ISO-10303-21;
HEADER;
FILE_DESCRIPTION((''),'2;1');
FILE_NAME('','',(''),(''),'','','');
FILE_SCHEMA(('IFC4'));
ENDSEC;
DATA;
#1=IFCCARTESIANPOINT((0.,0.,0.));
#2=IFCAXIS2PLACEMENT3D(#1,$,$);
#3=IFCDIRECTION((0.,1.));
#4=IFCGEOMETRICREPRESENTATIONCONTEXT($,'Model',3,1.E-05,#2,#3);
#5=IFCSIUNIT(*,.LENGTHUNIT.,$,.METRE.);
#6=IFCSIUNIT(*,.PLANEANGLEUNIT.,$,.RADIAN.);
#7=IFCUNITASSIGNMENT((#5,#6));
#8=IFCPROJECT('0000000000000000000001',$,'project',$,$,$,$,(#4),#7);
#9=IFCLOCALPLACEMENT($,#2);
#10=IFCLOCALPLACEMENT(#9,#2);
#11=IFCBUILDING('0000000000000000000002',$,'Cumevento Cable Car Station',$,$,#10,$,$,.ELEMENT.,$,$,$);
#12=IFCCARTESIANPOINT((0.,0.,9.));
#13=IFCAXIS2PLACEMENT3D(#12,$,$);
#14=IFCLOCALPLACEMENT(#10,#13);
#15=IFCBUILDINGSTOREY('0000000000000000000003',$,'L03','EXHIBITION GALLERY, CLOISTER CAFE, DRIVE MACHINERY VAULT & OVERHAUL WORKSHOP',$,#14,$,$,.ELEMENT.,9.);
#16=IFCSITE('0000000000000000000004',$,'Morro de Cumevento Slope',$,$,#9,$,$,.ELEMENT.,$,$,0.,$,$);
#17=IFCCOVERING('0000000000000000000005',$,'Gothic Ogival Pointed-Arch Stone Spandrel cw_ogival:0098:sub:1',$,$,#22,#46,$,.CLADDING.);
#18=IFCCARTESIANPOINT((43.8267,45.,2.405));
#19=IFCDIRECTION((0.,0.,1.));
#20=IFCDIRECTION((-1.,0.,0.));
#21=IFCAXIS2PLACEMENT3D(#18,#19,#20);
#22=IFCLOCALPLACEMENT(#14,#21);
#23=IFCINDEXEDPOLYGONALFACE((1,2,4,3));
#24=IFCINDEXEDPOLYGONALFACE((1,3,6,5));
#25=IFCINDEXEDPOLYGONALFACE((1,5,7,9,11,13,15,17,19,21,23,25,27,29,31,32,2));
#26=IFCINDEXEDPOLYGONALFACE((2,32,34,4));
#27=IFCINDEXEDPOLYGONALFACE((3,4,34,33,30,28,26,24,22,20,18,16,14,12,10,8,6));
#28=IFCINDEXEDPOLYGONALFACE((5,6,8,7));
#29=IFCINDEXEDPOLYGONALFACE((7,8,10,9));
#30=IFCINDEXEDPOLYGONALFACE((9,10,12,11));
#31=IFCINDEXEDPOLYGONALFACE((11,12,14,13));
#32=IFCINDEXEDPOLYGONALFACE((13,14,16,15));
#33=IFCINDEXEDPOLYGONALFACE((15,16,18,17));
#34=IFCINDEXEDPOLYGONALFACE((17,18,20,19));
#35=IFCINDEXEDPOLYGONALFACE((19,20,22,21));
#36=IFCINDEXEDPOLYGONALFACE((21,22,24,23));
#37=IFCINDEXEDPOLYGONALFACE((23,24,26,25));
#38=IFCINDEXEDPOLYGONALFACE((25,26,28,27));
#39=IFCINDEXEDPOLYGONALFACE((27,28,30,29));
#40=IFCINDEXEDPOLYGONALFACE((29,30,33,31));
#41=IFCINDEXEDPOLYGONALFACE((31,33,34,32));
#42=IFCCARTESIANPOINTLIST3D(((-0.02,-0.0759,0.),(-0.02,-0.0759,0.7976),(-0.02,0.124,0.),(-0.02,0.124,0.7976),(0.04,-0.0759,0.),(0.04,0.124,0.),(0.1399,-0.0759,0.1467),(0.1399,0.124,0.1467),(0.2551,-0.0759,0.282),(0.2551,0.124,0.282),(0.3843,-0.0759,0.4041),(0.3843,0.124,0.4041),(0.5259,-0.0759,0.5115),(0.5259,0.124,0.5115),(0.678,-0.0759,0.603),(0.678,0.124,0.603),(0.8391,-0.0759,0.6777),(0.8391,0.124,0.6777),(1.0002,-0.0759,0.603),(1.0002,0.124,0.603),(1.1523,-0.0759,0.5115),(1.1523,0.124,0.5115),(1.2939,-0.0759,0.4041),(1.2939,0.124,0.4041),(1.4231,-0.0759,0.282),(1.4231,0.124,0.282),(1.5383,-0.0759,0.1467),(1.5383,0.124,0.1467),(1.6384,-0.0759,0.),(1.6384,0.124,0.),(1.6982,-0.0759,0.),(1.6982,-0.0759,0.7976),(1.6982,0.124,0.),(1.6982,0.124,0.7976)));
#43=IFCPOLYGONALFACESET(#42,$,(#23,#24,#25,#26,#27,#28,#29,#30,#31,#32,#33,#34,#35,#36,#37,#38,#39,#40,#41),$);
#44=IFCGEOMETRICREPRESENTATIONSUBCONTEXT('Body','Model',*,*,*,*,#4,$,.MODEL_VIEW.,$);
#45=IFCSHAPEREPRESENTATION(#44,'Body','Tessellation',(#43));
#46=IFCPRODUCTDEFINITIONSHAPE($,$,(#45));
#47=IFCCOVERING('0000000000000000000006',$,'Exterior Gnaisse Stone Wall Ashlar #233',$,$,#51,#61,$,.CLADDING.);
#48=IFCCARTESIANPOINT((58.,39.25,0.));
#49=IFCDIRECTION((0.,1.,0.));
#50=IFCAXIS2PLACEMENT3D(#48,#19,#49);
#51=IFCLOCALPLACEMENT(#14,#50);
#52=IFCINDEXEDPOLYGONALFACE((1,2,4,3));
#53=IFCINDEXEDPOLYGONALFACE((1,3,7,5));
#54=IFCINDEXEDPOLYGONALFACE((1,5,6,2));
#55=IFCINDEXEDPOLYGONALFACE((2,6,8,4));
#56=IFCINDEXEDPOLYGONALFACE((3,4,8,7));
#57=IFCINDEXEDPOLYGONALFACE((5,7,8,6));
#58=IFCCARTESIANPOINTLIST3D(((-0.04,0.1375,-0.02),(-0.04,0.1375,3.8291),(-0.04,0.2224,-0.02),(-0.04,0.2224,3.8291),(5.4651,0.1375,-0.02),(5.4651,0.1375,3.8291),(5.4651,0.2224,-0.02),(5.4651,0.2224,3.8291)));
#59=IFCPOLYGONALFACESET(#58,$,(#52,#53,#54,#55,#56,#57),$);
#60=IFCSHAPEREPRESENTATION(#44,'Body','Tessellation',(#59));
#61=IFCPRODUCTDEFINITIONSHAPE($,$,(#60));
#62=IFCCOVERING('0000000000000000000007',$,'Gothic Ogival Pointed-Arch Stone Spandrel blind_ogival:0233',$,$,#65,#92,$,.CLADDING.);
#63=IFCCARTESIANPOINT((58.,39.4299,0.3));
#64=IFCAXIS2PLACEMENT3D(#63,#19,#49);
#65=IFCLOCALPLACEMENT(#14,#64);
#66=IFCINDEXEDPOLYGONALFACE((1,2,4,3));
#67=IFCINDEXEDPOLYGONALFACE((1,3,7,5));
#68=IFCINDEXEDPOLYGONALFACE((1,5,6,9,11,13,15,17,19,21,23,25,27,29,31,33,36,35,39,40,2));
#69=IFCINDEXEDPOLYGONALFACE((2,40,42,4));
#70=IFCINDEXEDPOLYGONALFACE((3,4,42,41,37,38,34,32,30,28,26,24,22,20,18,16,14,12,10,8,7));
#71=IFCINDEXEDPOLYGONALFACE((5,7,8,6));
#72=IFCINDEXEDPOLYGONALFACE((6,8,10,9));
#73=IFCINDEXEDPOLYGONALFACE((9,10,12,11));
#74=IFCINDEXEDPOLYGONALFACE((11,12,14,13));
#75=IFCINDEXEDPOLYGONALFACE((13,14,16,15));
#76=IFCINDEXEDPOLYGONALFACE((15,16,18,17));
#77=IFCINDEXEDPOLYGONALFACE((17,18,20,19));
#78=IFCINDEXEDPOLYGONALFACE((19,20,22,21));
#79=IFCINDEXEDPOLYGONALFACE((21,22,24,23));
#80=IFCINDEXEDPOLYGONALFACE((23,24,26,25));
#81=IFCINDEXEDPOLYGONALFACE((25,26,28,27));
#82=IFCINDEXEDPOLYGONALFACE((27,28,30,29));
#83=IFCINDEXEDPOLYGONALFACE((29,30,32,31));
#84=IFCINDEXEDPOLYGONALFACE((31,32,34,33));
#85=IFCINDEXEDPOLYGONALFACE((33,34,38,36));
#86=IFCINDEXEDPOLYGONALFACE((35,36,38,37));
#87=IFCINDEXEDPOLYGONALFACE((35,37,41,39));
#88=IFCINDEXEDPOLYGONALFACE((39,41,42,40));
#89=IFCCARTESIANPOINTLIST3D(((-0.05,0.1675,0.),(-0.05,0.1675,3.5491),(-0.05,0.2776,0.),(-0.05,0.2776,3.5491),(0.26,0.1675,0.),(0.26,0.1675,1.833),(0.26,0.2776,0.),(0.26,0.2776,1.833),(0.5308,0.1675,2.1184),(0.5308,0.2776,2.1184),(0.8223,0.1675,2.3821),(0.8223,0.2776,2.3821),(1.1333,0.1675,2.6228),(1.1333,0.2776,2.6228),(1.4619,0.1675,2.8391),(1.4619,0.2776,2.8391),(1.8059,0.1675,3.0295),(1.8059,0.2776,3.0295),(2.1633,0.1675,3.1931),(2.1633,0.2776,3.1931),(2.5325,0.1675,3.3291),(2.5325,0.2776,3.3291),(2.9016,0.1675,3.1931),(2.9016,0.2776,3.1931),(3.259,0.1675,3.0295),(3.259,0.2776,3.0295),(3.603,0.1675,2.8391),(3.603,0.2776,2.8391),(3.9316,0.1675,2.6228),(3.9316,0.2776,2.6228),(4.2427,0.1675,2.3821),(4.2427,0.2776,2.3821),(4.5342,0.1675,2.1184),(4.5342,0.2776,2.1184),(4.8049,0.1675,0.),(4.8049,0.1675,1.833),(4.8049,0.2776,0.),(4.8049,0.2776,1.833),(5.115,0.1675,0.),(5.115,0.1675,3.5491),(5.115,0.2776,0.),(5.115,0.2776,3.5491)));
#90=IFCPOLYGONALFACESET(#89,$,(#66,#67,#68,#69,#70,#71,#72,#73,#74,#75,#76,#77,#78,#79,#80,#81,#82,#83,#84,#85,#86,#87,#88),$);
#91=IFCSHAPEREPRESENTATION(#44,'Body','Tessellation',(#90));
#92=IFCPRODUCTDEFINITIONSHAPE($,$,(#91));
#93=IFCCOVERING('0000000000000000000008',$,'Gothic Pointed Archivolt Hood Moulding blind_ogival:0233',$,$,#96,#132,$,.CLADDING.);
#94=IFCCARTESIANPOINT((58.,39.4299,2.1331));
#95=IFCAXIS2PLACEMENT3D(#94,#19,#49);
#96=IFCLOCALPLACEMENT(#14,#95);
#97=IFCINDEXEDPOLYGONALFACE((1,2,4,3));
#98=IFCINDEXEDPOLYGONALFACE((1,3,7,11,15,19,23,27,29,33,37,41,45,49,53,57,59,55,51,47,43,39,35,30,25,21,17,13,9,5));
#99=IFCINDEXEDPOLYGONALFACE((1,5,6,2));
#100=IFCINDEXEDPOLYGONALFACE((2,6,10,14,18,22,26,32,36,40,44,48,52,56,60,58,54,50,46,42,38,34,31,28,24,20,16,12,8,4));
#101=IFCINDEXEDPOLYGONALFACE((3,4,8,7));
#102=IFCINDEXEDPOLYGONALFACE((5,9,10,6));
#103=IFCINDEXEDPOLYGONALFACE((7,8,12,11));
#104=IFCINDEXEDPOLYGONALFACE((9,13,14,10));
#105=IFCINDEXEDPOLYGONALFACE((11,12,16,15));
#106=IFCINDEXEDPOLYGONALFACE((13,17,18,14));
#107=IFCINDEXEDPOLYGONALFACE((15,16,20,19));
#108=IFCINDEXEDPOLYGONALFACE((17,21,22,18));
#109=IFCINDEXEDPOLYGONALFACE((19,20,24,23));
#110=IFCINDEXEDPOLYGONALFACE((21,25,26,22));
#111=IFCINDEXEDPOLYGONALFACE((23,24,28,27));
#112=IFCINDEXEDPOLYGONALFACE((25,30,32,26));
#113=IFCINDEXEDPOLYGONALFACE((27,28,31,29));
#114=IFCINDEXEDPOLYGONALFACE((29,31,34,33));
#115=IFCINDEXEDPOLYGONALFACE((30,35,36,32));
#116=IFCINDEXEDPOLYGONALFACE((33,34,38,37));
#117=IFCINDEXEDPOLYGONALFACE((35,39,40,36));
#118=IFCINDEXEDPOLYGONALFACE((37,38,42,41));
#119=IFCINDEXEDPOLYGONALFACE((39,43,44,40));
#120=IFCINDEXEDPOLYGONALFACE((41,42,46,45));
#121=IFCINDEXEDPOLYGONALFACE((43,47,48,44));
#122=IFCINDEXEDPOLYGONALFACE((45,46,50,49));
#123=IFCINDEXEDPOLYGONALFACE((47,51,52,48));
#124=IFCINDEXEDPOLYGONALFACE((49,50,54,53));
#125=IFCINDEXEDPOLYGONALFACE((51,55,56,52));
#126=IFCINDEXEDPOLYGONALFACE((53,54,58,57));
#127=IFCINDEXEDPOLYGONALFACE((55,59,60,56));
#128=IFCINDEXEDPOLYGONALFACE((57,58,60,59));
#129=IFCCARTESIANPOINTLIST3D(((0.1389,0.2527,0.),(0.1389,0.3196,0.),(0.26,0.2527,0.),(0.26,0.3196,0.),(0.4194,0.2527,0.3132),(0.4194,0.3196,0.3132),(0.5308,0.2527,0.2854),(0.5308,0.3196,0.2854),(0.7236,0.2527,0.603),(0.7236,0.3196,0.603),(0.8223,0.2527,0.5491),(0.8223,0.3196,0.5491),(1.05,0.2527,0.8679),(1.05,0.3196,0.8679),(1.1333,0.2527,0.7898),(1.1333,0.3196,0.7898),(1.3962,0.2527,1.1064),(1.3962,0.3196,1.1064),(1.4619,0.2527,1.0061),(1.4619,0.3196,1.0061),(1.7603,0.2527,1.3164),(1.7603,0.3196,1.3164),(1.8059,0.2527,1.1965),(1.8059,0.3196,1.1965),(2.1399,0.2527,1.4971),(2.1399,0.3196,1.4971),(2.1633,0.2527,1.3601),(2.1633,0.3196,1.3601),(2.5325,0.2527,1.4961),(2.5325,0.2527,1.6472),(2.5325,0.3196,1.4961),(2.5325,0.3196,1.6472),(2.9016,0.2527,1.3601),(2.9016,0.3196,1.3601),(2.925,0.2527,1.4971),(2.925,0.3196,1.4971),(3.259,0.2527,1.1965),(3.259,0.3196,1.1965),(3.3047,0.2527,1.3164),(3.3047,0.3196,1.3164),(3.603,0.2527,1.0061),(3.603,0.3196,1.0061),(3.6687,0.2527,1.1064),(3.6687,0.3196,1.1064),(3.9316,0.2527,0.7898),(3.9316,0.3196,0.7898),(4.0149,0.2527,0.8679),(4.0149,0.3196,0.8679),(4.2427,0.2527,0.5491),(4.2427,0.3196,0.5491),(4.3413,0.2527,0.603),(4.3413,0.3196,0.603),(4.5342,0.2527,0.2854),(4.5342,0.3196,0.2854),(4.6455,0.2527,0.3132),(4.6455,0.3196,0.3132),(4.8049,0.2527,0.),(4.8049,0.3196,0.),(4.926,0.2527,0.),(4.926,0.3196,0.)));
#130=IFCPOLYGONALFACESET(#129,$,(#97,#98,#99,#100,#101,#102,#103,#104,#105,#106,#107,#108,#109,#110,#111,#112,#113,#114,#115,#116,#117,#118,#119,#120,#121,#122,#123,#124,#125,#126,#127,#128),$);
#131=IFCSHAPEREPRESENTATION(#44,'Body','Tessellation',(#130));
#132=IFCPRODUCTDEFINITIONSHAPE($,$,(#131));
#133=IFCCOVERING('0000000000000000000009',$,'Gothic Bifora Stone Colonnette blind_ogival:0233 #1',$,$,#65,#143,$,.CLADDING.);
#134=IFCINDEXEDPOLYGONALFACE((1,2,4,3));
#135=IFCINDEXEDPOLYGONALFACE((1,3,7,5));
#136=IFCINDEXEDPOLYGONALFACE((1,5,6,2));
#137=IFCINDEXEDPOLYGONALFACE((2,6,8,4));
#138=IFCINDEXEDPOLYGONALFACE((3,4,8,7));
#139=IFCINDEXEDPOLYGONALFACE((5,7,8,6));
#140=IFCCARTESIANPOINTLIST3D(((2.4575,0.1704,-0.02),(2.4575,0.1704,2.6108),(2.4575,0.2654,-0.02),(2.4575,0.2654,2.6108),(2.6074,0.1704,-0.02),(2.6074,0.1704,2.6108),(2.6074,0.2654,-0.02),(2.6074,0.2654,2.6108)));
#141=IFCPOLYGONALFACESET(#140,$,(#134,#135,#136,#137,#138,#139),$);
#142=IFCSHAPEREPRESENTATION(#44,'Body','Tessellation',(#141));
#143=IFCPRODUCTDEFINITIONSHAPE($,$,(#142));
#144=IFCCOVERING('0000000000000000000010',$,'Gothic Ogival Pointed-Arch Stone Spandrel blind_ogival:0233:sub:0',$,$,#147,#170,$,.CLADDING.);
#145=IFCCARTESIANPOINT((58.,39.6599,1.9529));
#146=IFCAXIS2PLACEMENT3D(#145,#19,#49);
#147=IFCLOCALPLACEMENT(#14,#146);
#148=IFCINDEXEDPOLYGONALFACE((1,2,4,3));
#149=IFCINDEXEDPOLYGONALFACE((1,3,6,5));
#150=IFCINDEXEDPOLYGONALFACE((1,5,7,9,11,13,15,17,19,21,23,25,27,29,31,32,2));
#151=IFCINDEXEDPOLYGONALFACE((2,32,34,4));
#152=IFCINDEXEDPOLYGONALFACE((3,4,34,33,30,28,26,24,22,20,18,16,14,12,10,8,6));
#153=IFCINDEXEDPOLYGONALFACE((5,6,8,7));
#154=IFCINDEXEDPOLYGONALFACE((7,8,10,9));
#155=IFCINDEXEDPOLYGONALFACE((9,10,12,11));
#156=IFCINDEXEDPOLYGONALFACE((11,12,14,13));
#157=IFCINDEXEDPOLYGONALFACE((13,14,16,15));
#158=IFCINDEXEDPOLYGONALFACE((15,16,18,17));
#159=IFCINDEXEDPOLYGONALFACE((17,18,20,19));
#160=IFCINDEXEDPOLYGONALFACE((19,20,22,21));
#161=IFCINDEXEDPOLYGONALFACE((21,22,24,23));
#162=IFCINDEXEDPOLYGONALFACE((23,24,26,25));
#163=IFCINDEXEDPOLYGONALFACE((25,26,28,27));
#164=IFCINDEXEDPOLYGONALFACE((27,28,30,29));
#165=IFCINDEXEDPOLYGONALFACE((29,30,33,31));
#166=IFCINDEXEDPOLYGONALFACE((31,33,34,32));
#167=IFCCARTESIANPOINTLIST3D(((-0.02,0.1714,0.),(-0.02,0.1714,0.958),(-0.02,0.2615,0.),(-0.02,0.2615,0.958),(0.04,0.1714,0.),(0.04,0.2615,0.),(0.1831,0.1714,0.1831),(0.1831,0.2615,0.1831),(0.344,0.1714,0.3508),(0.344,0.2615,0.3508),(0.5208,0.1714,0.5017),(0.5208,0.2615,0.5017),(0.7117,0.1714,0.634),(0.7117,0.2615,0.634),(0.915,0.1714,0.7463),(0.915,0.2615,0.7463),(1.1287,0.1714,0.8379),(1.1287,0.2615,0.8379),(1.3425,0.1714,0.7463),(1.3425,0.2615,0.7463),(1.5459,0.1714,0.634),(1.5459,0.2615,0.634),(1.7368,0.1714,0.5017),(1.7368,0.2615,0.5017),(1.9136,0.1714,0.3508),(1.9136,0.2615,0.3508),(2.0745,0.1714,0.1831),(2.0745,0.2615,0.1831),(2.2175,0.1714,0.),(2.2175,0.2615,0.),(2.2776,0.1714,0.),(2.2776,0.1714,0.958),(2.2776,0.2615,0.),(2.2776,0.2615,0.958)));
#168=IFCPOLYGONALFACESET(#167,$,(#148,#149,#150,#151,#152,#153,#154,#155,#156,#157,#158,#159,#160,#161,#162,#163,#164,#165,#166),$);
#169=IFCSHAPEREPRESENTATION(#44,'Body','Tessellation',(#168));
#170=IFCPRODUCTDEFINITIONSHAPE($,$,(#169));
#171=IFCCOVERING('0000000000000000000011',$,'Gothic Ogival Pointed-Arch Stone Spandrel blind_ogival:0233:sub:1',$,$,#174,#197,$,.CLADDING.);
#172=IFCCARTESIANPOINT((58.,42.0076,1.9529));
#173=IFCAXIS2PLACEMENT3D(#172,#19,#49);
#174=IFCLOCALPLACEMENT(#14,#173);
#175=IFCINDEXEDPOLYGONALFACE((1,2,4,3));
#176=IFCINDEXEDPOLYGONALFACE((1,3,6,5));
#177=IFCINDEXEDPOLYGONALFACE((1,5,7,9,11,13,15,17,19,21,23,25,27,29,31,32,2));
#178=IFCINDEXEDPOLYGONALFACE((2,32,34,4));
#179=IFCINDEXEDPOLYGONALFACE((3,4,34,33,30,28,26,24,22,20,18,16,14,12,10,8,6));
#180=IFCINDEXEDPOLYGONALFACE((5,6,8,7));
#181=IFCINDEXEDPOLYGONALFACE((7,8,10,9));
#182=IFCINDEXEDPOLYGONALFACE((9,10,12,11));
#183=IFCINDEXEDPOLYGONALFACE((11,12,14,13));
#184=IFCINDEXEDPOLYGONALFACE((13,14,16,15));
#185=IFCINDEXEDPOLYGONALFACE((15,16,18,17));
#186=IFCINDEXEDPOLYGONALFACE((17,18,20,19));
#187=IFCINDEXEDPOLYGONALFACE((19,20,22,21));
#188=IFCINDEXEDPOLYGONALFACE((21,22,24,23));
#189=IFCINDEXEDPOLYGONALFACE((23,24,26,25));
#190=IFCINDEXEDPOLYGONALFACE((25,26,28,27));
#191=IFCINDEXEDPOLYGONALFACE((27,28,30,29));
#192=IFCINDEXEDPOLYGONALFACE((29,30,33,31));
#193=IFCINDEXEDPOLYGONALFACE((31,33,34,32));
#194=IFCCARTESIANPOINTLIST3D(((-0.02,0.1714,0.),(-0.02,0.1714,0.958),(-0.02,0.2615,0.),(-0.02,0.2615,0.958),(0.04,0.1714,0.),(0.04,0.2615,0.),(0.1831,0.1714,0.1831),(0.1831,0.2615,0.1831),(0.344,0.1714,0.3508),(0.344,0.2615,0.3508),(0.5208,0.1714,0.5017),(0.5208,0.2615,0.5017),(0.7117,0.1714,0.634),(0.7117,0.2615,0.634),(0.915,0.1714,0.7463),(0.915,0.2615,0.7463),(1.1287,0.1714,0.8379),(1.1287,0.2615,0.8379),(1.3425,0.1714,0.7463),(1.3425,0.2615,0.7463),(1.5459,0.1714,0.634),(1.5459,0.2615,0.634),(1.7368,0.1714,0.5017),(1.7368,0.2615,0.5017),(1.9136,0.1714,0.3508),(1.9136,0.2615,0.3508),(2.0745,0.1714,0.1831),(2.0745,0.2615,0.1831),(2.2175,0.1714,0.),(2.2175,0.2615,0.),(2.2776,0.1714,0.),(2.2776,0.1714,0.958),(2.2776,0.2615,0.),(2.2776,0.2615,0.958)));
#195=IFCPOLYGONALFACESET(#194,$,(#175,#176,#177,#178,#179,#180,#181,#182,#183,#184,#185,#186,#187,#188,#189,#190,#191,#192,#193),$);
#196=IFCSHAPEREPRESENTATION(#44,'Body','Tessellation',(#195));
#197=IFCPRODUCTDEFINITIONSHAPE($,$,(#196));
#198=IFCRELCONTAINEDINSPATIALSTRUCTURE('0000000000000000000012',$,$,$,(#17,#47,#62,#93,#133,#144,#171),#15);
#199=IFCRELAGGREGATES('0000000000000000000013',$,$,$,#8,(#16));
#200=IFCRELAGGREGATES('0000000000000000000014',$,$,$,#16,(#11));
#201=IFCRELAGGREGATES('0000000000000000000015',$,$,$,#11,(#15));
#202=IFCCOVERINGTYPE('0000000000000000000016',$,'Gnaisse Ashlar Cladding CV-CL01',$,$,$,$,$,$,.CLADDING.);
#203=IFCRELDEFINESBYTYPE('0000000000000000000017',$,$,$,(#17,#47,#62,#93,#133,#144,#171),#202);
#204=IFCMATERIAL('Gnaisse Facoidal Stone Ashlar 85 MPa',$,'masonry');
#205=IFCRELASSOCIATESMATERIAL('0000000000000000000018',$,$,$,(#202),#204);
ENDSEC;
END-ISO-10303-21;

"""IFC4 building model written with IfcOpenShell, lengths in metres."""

from ifc_helpers import new_model, si_unit, direction, frame, origin, place, context, subcontext, project, spatial, polyline, outline, extrude, material, type_object, element, save


model = new_model("IFC4")

# Units and contexts
model_context = context("Model", 3, precision=1e-05, world=origin(), true_north=direction((0.0, 1.0)))
body_context = subcontext(model_context, "Body", "Model", "MODEL_VIEW")
ifc_project = project(units=[si_unit("LENGTHUNIT", "METRE"), si_unit("PLANEANGLEUNIT", "RADIAN")], contexts=[model_context])

# Site, building, storey
site_placement = place(None, origin())
site = spatial("IfcSite", under=ifc_project, at=site_placement, Name="Morro de Cumevento Slope", CompositionType="ELEMENT", RefElevation=0.0)
building_placement = place(site_placement, origin())
building = spatial("IfcBuilding", under=site, at=building_placement, Name="Cumevento Cable Car Station", CompositionType="ELEMENT")
storey_placement = place(building_placement, frame((0.0, 0.0, 9.0)))
storey = spatial("IfcBuildingStorey", under=building, at=storey_placement, Name="L03", Description="EXHIBITION GALLERY, CLOISTER CAFE, DRIVE MACHINERY VAULT & OVERHAUL WORKSHOP", CompositionType="ELEMENT", Elevation=9.0)

# Coverings
ifc_material_1 = material(Name="Gnaisse Facoidal Stone Ashlar 85 MPa", Category="masonry")
covering_type = type_object("IfcCoveringType", Name="Gnaisse Ashlar Cladding CV-CL01", PredefinedType="CLADDING", material=ifc_material_1)
covering_1_placement = place(storey_placement, frame((43.8267, 45.0, 2.405), z_axis=(0.0, 0.0, 1.0), x_axis=(-1.0, 0.0, 0.0)))
element("IfcCovering", 1, at=covering_1_placement, inside=storey, type_object=covering_type, Name="Gothic Ogival Pointed-Arch Stone Spandrel cw_ogival:0098:sub:1", PredefinedType="CLADDING", context=body_context, shape_type="SweptSolid", body=[
    extrude(outline(polyline([(-0.02, 0.0), (-0.02, 0.7976), (1.6982, 0.7976), (1.6982, 0.0), (1.6384, 0.0), (1.5383, 0.1467), (1.4231, 0.282), (1.2939, 0.4041), (1.1523, 0.5115), (1.0002, 0.603), (0.8391, 0.6777), (0.678, 0.603), (0.5259, 0.5115), (0.3843, 0.4041), (0.2551, 0.282), (0.1399, 0.1467), (0.04, 0.0), (-0.02, 0.0)])), frame((0.0, 0.124, 0.0), z_axis=(0.0, -1.0, 0.0), x_axis=(1.0, 0.0, 0.0)), (0.0, 0.0, 1.0), 0.2),
])
covering_2_placement = place(storey_placement, frame((58.0, 39.25, 0.0), z_axis=(0.0, 0.0, 1.0), x_axis=(0.0, 1.0, 0.0)))
element("IfcCovering", 2, at=covering_2_placement, inside=storey, type_object=covering_type, Name="Exterior Gnaisse Stone Wall Ashlar #233", PredefinedType="CLADDING", context=body_context, shape_type="SweptSolid", body=[
    extrude(outline(polyline([(-0.04, -0.02), (5.4651, -0.02), (5.4651, 3.8291), (-0.04, 3.8291), (-0.04, -0.02)])), frame((0.0, 0.2224, 0.0), z_axis=(0.0, -1.0, 0.0), x_axis=(1.0, 0.0, 0.0)), (0.0, 0.0, 1.0), 0.085),
])
placement = place(storey_placement, frame((58.0, 39.4299, 0.3), z_axis=(0.0, 0.0, 1.0), x_axis=(0.0, 1.0, 0.0)))
element("IfcCovering", 3, at=placement, inside=storey, type_object=covering_type, Name="Gothic Ogival Pointed-Arch Stone Spandrel blind_ogival:0233", PredefinedType="CLADDING", context=body_context, shape_type="SweptSolid", body=[
    extrude(outline(polyline([(-0.05, 0.0), (-0.05, 3.5491), (5.115, 3.5491), (5.115, 0.0), (4.8049, 0.0), (4.8049, 1.833), (4.5342, 2.1184), (4.2427, 2.3821), (3.9316, 2.6228), (3.603, 2.8391), (3.259, 3.0295), (2.9016, 3.1931), (2.5325, 3.3291), (2.1633, 3.1931), (1.8059, 3.0295), (1.4619, 2.8391), (1.1333, 2.6228), (0.8223, 2.3821), (0.5308, 2.1184), (0.26, 1.833), (0.26, 0.0), (-0.05, 0.0)])), frame((0.0, 0.2776, 0.0), z_axis=(0.0, -1.0, 0.0), x_axis=(1.0, 0.0, 0.0)), (0.0, 0.0, 1.0), 0.1101),
])
covering_3_placement = place(storey_placement, frame((58.0, 39.4299, 2.1331), z_axis=(0.0, 0.0, 1.0), x_axis=(0.0, 1.0, 0.0)))
element("IfcCovering", 4, at=covering_3_placement, inside=storey, type_object=covering_type, Name="Gothic Pointed Archivolt Hood Moulding blind_ogival:0233", PredefinedType="CLADDING", context=body_context, shape_type="SweptSolid", body=[
    extrude(outline(polyline([(0.26, 0.0), (0.5308, 0.2854), (0.8223, 0.5491), (1.1333, 0.7898), (1.4619, 1.0061), (1.8059, 1.1965), (2.1633, 1.3601), (2.5325, 1.4961), (2.9016, 1.3601), (3.259, 1.1965), (3.603, 1.0061), (3.9316, 0.7898), (4.2427, 0.5491), (4.5342, 0.2854), (4.8049, 0.0), (4.926, 0.0), (4.6455, 0.3132), (4.3413, 0.603), (4.0149, 0.8679), (3.6687, 1.1064), (3.3047, 1.3164), (2.925, 1.4971), (2.5325, 1.6472), (2.1399, 1.4971), (1.7603, 1.3164), (1.3962, 1.1064), (1.05, 0.8679), (0.7236, 0.603), (0.4194, 0.3132), (0.1389, 0.0), (0.26, 0.0)])), frame((0.0, 0.3196, 0.0), z_axis=(0.0, -1.0, 0.0), x_axis=(1.0, 0.0, 0.0)), (0.0, 0.0, 1.0), 0.0669),
])
element("IfcCovering", 5, at=placement, inside=storey, type_object=covering_type, Name="Gothic Bifora Stone Colonnette blind_ogival:0233 #1", PredefinedType="CLADDING", context=body_context, shape_type="SweptSolid", body=[
    extrude(outline(polyline([(2.4575, -0.02), (2.6074, -0.02), (2.6074, 2.6108), (2.4575, 2.6108), (2.4575, -0.02)])), frame((0.0, 0.2654, 0.0), z_axis=(0.0, -1.0, 0.0), x_axis=(1.0, 0.0, 0.0)), (0.0, 0.0, 1.0), 0.095),
])
for number, where, z_axis, x_axis, name in (
    (6, (58.0, 39.6599, 1.9529), (0.0, 0.0, 1.0), (0.0, 1.0, 0.0), "Gothic Ogival Pointed-Arch Stone Spandrel blind_ogival:0233:sub:0"),
    (7, (58.0, 42.0076, 1.9529), (0.0, 0.0, 1.0), (0.0, 1.0, 0.0), "Gothic Ogival Pointed-Arch Stone Spandrel blind_ogival:0233:sub:1"),
):
    element("IfcCovering", number, at=place(storey_placement, frame(where, z_axis=z_axis, x_axis=x_axis)), inside=storey, type_object=covering_type, Name=name, PredefinedType="CLADDING", context=body_context, shape_type="SweptSolid", body=[
        extrude(outline(polyline([(-0.02, 0.0), (-0.02, 0.958), (2.2776, 0.958), (2.2776, 0.0), (2.2175, 0.0), (2.0745, 0.1831), (1.9136, 0.3508), (1.7368, 0.5017), (1.5459, 0.634), (1.3425, 0.7463), (1.1287, 0.8379), (0.915, 0.7463), (0.7117, 0.634), (0.5208, 0.5017), (0.344, 0.3508), (0.1831, 0.1831), (0.04, 0.0), (-0.02, 0.0)])), frame((0.0, 0.2615, 0.0), z_axis=(0.0, -1.0, 0.0), x_axis=(1.0, 0.0, 0.0)), (0.0, 0.0, 1.0), 0.0901),
    ])

save(model, "model.ifc")
